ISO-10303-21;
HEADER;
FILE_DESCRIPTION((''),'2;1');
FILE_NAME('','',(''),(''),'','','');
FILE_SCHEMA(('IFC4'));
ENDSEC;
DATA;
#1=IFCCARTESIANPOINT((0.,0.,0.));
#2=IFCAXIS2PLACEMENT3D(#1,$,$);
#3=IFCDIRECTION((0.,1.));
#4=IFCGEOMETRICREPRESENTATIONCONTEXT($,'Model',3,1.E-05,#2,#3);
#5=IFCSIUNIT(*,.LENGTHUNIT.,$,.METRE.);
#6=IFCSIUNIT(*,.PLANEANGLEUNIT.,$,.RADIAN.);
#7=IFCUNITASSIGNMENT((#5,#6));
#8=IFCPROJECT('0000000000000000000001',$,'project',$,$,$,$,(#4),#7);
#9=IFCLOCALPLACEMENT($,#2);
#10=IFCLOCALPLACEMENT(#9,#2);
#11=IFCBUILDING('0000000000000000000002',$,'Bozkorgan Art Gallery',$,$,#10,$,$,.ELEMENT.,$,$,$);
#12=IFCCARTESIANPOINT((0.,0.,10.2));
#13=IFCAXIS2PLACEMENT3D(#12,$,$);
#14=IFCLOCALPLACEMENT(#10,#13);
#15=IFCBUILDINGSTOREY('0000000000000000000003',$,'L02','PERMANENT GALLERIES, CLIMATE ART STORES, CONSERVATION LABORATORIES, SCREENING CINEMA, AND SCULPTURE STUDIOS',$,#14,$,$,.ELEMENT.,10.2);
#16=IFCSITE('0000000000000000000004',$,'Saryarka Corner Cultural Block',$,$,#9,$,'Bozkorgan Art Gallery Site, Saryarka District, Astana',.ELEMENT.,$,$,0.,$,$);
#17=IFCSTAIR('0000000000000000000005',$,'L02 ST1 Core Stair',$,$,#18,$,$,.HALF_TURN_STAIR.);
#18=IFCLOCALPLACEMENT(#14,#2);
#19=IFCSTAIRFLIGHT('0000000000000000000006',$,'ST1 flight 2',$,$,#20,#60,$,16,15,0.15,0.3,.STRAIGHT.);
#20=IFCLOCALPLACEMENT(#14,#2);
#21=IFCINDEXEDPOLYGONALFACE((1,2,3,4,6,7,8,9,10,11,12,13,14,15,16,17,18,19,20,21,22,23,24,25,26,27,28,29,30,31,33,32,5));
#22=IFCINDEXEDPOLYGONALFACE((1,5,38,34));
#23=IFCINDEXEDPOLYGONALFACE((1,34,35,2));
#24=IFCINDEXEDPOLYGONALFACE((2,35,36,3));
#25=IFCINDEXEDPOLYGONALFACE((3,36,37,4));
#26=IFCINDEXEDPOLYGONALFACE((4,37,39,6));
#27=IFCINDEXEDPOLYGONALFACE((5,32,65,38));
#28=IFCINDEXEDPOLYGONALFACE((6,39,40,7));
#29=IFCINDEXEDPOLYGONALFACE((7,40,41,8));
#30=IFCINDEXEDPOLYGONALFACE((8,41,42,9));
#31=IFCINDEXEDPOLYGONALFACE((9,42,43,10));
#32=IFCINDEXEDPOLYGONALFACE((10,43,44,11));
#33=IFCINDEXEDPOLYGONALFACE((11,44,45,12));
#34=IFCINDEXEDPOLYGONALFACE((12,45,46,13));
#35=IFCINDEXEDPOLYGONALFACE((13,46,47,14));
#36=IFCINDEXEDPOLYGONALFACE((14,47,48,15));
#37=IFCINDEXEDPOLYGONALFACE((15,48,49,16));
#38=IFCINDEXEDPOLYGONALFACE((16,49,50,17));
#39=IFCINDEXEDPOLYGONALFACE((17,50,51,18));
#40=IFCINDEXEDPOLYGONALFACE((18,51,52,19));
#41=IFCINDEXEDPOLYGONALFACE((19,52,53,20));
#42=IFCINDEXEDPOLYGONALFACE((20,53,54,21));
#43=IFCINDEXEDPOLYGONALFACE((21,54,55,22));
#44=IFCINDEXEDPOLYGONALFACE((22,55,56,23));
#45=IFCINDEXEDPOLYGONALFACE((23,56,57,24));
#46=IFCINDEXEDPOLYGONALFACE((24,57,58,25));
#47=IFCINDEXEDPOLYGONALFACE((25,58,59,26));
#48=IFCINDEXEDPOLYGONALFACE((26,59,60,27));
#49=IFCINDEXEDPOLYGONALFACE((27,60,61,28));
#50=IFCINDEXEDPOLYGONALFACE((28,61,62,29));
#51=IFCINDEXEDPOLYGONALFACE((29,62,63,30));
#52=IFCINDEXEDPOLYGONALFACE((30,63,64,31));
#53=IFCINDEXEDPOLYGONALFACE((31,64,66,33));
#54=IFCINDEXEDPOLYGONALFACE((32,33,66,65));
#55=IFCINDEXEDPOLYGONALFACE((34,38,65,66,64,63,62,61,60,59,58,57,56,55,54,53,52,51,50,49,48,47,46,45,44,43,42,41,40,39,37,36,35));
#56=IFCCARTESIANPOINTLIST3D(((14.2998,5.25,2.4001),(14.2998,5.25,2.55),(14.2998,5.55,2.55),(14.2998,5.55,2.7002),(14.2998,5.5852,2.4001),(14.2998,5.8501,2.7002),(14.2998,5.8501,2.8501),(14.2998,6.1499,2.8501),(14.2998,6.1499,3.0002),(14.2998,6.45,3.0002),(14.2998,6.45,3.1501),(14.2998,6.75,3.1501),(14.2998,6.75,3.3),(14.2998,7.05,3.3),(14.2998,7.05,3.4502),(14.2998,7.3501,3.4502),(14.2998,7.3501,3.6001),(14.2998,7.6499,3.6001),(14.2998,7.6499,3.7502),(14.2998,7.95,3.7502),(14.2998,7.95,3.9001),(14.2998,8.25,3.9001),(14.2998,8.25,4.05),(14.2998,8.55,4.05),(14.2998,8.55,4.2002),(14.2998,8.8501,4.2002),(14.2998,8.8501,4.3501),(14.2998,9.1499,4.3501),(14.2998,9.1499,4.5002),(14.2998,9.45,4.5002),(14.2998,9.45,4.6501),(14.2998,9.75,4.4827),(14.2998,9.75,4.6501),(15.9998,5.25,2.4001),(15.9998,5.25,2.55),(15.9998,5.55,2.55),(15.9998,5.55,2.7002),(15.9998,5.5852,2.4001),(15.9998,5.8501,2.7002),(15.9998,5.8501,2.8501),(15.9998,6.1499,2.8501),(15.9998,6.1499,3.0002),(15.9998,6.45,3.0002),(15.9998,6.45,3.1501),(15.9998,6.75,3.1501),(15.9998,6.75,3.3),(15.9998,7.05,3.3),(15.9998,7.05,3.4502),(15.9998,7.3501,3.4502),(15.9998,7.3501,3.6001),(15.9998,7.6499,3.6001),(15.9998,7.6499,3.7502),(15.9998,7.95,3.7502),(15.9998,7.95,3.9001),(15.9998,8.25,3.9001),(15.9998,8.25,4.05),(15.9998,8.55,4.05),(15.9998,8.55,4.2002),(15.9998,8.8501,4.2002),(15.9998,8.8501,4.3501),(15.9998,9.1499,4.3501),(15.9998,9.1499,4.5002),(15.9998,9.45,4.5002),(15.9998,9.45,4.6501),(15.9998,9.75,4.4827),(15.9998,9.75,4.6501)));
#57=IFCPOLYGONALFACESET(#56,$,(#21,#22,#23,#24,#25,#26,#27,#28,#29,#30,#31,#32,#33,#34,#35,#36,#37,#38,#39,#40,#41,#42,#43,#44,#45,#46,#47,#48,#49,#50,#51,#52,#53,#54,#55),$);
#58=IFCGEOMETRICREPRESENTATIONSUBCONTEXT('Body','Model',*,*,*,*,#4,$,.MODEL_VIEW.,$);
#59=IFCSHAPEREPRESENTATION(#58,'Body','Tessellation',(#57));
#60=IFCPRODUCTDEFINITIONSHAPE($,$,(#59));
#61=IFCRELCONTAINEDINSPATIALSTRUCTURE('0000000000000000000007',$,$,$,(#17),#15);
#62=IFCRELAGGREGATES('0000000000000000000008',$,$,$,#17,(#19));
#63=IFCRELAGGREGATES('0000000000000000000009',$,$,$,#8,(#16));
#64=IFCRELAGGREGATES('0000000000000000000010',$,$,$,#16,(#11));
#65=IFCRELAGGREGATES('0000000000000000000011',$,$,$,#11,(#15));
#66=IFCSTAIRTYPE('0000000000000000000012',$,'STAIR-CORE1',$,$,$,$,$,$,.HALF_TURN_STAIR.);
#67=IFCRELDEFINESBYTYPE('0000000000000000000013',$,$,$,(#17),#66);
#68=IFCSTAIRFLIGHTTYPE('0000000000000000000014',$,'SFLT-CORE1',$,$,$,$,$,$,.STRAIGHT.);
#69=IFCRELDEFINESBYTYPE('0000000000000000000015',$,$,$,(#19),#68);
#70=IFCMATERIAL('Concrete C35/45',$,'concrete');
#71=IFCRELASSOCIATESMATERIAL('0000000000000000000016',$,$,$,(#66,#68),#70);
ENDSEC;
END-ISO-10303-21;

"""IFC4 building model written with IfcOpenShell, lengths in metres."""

from ifc_helpers import new_model, si_unit, direction, frame, origin, place, context, subcontext, project, spatial, polyline, outline, extrude, material, type_object, element, aggregate, save


model = new_model("IFC4")

# Units and contexts
model_context = context("Model", 3, precision=1e-05, world=origin(), true_north=direction((0.0, 1.0)))
body_context = subcontext(model_context, "Body", "Model", "MODEL_VIEW")
ifc_project = project(units=[si_unit("LENGTHUNIT", "METRE"), si_unit("PLANEANGLEUNIT", "RADIAN")], contexts=[model_context])

# Site, building, storey
site_placement = place(None, origin())
site = spatial("IfcSite", under=ifc_project, at=site_placement, Name="Saryarka Corner Cultural Block", LongName="Bozkorgan Art Gallery Site, Saryarka District, Astana", CompositionType="ELEMENT", RefElevation=0.0)
building_placement = place(site_placement, origin())
building = spatial("IfcBuilding", under=site, at=building_placement, Name="Bozkorgan Art Gallery", CompositionType="ELEMENT")
storey_placement = place(building_placement, frame((0.0, 0.0, 10.2)))
storey = spatial("IfcBuildingStorey", under=building, at=storey_placement, Name="L02", Description="PERMANENT GALLERIES, CLIMATE ART STORES, CONSERVATION LABORATORIES, SCREENING CINEMA, AND SCULPTURE STUDIOS", CompositionType="ELEMENT", Elevation=10.2)

# Shared definitions
ifc_material_1 = material(Name="Concrete C35/45", Category="concrete")

# Stair, stair flight
stair_type = type_object("IfcStairType", Name="STAIR-CORE1", PredefinedType="HALF_TURN_STAIR", material=ifc_material_1)
stair_placement = place(storey_placement, origin())
stair = element("IfcStair", 1, at=stair_placement, inside=storey, type_object=stair_type, Name="L02 ST1 Core Stair", PredefinedType="HALF_TURN_STAIR")
stair_flight_type = type_object("IfcStairFlightType", Name="SFLT-CORE1", PredefinedType="STRAIGHT", material=ifc_material_1)
stair_flight_placement = place(storey_placement, frame((15.1499, 5.25, 2.4001), z_axis=(0.0, 0.0, 1.0), x_axis=(0.0, 1.0, 0.0)))
stair_flight = element("IfcStairFlight", 2, at=stair_flight_placement, type_object=stair_flight_type, Name="ST1 flight 2", NumberOfRisers=16, NumberOfTreads=15, PredefinedType="STRAIGHT", RiserHeight=0.15, TreadLength=0.3, context=body_context, shape_type="SweptSolid", body=[
    extrude(outline(polyline([(0.0, 0.0), (0.0, 0.1499), (0.3, 0.1499), (0.3, 0.3), (0.6001, 0.3), (0.6001, 0.45), (0.8999, 0.45), (0.8999, 0.6001), (1.2, 0.6001), (1.2, 0.75), (1.5, 0.75), (1.5, 0.8999), (1.8, 0.8999), (1.8, 1.05), (2.1001, 1.05), (2.1001, 1.2), (2.3999, 1.2), (2.3999, 1.3501), (2.7, 1.3501), (2.7, 1.5), (3.0, 1.5), (3.0, 1.6499), (3.3, 1.6499), (3.3, 1.8), (3.6001, 1.8), (3.6001, 1.95), (3.8999, 1.95), (3.8999, 2.1001), (4.2, 2.1001), (4.2, 2.25), (4.5, 2.25), (4.5, 2.3999), (4.5, 2.0825), (0.3352, 0.0), (0.0, 0.0)])), frame((0.0, 0.8501, 0.0), z_axis=(0.0, -1.0, 0.0), x_axis=(1.0, 0.0, 0.0)), (0.0, 0.0, 1.0), 1.7),
])
aggregate(stair, [stair_flight])

save(model, "model.ifc")
